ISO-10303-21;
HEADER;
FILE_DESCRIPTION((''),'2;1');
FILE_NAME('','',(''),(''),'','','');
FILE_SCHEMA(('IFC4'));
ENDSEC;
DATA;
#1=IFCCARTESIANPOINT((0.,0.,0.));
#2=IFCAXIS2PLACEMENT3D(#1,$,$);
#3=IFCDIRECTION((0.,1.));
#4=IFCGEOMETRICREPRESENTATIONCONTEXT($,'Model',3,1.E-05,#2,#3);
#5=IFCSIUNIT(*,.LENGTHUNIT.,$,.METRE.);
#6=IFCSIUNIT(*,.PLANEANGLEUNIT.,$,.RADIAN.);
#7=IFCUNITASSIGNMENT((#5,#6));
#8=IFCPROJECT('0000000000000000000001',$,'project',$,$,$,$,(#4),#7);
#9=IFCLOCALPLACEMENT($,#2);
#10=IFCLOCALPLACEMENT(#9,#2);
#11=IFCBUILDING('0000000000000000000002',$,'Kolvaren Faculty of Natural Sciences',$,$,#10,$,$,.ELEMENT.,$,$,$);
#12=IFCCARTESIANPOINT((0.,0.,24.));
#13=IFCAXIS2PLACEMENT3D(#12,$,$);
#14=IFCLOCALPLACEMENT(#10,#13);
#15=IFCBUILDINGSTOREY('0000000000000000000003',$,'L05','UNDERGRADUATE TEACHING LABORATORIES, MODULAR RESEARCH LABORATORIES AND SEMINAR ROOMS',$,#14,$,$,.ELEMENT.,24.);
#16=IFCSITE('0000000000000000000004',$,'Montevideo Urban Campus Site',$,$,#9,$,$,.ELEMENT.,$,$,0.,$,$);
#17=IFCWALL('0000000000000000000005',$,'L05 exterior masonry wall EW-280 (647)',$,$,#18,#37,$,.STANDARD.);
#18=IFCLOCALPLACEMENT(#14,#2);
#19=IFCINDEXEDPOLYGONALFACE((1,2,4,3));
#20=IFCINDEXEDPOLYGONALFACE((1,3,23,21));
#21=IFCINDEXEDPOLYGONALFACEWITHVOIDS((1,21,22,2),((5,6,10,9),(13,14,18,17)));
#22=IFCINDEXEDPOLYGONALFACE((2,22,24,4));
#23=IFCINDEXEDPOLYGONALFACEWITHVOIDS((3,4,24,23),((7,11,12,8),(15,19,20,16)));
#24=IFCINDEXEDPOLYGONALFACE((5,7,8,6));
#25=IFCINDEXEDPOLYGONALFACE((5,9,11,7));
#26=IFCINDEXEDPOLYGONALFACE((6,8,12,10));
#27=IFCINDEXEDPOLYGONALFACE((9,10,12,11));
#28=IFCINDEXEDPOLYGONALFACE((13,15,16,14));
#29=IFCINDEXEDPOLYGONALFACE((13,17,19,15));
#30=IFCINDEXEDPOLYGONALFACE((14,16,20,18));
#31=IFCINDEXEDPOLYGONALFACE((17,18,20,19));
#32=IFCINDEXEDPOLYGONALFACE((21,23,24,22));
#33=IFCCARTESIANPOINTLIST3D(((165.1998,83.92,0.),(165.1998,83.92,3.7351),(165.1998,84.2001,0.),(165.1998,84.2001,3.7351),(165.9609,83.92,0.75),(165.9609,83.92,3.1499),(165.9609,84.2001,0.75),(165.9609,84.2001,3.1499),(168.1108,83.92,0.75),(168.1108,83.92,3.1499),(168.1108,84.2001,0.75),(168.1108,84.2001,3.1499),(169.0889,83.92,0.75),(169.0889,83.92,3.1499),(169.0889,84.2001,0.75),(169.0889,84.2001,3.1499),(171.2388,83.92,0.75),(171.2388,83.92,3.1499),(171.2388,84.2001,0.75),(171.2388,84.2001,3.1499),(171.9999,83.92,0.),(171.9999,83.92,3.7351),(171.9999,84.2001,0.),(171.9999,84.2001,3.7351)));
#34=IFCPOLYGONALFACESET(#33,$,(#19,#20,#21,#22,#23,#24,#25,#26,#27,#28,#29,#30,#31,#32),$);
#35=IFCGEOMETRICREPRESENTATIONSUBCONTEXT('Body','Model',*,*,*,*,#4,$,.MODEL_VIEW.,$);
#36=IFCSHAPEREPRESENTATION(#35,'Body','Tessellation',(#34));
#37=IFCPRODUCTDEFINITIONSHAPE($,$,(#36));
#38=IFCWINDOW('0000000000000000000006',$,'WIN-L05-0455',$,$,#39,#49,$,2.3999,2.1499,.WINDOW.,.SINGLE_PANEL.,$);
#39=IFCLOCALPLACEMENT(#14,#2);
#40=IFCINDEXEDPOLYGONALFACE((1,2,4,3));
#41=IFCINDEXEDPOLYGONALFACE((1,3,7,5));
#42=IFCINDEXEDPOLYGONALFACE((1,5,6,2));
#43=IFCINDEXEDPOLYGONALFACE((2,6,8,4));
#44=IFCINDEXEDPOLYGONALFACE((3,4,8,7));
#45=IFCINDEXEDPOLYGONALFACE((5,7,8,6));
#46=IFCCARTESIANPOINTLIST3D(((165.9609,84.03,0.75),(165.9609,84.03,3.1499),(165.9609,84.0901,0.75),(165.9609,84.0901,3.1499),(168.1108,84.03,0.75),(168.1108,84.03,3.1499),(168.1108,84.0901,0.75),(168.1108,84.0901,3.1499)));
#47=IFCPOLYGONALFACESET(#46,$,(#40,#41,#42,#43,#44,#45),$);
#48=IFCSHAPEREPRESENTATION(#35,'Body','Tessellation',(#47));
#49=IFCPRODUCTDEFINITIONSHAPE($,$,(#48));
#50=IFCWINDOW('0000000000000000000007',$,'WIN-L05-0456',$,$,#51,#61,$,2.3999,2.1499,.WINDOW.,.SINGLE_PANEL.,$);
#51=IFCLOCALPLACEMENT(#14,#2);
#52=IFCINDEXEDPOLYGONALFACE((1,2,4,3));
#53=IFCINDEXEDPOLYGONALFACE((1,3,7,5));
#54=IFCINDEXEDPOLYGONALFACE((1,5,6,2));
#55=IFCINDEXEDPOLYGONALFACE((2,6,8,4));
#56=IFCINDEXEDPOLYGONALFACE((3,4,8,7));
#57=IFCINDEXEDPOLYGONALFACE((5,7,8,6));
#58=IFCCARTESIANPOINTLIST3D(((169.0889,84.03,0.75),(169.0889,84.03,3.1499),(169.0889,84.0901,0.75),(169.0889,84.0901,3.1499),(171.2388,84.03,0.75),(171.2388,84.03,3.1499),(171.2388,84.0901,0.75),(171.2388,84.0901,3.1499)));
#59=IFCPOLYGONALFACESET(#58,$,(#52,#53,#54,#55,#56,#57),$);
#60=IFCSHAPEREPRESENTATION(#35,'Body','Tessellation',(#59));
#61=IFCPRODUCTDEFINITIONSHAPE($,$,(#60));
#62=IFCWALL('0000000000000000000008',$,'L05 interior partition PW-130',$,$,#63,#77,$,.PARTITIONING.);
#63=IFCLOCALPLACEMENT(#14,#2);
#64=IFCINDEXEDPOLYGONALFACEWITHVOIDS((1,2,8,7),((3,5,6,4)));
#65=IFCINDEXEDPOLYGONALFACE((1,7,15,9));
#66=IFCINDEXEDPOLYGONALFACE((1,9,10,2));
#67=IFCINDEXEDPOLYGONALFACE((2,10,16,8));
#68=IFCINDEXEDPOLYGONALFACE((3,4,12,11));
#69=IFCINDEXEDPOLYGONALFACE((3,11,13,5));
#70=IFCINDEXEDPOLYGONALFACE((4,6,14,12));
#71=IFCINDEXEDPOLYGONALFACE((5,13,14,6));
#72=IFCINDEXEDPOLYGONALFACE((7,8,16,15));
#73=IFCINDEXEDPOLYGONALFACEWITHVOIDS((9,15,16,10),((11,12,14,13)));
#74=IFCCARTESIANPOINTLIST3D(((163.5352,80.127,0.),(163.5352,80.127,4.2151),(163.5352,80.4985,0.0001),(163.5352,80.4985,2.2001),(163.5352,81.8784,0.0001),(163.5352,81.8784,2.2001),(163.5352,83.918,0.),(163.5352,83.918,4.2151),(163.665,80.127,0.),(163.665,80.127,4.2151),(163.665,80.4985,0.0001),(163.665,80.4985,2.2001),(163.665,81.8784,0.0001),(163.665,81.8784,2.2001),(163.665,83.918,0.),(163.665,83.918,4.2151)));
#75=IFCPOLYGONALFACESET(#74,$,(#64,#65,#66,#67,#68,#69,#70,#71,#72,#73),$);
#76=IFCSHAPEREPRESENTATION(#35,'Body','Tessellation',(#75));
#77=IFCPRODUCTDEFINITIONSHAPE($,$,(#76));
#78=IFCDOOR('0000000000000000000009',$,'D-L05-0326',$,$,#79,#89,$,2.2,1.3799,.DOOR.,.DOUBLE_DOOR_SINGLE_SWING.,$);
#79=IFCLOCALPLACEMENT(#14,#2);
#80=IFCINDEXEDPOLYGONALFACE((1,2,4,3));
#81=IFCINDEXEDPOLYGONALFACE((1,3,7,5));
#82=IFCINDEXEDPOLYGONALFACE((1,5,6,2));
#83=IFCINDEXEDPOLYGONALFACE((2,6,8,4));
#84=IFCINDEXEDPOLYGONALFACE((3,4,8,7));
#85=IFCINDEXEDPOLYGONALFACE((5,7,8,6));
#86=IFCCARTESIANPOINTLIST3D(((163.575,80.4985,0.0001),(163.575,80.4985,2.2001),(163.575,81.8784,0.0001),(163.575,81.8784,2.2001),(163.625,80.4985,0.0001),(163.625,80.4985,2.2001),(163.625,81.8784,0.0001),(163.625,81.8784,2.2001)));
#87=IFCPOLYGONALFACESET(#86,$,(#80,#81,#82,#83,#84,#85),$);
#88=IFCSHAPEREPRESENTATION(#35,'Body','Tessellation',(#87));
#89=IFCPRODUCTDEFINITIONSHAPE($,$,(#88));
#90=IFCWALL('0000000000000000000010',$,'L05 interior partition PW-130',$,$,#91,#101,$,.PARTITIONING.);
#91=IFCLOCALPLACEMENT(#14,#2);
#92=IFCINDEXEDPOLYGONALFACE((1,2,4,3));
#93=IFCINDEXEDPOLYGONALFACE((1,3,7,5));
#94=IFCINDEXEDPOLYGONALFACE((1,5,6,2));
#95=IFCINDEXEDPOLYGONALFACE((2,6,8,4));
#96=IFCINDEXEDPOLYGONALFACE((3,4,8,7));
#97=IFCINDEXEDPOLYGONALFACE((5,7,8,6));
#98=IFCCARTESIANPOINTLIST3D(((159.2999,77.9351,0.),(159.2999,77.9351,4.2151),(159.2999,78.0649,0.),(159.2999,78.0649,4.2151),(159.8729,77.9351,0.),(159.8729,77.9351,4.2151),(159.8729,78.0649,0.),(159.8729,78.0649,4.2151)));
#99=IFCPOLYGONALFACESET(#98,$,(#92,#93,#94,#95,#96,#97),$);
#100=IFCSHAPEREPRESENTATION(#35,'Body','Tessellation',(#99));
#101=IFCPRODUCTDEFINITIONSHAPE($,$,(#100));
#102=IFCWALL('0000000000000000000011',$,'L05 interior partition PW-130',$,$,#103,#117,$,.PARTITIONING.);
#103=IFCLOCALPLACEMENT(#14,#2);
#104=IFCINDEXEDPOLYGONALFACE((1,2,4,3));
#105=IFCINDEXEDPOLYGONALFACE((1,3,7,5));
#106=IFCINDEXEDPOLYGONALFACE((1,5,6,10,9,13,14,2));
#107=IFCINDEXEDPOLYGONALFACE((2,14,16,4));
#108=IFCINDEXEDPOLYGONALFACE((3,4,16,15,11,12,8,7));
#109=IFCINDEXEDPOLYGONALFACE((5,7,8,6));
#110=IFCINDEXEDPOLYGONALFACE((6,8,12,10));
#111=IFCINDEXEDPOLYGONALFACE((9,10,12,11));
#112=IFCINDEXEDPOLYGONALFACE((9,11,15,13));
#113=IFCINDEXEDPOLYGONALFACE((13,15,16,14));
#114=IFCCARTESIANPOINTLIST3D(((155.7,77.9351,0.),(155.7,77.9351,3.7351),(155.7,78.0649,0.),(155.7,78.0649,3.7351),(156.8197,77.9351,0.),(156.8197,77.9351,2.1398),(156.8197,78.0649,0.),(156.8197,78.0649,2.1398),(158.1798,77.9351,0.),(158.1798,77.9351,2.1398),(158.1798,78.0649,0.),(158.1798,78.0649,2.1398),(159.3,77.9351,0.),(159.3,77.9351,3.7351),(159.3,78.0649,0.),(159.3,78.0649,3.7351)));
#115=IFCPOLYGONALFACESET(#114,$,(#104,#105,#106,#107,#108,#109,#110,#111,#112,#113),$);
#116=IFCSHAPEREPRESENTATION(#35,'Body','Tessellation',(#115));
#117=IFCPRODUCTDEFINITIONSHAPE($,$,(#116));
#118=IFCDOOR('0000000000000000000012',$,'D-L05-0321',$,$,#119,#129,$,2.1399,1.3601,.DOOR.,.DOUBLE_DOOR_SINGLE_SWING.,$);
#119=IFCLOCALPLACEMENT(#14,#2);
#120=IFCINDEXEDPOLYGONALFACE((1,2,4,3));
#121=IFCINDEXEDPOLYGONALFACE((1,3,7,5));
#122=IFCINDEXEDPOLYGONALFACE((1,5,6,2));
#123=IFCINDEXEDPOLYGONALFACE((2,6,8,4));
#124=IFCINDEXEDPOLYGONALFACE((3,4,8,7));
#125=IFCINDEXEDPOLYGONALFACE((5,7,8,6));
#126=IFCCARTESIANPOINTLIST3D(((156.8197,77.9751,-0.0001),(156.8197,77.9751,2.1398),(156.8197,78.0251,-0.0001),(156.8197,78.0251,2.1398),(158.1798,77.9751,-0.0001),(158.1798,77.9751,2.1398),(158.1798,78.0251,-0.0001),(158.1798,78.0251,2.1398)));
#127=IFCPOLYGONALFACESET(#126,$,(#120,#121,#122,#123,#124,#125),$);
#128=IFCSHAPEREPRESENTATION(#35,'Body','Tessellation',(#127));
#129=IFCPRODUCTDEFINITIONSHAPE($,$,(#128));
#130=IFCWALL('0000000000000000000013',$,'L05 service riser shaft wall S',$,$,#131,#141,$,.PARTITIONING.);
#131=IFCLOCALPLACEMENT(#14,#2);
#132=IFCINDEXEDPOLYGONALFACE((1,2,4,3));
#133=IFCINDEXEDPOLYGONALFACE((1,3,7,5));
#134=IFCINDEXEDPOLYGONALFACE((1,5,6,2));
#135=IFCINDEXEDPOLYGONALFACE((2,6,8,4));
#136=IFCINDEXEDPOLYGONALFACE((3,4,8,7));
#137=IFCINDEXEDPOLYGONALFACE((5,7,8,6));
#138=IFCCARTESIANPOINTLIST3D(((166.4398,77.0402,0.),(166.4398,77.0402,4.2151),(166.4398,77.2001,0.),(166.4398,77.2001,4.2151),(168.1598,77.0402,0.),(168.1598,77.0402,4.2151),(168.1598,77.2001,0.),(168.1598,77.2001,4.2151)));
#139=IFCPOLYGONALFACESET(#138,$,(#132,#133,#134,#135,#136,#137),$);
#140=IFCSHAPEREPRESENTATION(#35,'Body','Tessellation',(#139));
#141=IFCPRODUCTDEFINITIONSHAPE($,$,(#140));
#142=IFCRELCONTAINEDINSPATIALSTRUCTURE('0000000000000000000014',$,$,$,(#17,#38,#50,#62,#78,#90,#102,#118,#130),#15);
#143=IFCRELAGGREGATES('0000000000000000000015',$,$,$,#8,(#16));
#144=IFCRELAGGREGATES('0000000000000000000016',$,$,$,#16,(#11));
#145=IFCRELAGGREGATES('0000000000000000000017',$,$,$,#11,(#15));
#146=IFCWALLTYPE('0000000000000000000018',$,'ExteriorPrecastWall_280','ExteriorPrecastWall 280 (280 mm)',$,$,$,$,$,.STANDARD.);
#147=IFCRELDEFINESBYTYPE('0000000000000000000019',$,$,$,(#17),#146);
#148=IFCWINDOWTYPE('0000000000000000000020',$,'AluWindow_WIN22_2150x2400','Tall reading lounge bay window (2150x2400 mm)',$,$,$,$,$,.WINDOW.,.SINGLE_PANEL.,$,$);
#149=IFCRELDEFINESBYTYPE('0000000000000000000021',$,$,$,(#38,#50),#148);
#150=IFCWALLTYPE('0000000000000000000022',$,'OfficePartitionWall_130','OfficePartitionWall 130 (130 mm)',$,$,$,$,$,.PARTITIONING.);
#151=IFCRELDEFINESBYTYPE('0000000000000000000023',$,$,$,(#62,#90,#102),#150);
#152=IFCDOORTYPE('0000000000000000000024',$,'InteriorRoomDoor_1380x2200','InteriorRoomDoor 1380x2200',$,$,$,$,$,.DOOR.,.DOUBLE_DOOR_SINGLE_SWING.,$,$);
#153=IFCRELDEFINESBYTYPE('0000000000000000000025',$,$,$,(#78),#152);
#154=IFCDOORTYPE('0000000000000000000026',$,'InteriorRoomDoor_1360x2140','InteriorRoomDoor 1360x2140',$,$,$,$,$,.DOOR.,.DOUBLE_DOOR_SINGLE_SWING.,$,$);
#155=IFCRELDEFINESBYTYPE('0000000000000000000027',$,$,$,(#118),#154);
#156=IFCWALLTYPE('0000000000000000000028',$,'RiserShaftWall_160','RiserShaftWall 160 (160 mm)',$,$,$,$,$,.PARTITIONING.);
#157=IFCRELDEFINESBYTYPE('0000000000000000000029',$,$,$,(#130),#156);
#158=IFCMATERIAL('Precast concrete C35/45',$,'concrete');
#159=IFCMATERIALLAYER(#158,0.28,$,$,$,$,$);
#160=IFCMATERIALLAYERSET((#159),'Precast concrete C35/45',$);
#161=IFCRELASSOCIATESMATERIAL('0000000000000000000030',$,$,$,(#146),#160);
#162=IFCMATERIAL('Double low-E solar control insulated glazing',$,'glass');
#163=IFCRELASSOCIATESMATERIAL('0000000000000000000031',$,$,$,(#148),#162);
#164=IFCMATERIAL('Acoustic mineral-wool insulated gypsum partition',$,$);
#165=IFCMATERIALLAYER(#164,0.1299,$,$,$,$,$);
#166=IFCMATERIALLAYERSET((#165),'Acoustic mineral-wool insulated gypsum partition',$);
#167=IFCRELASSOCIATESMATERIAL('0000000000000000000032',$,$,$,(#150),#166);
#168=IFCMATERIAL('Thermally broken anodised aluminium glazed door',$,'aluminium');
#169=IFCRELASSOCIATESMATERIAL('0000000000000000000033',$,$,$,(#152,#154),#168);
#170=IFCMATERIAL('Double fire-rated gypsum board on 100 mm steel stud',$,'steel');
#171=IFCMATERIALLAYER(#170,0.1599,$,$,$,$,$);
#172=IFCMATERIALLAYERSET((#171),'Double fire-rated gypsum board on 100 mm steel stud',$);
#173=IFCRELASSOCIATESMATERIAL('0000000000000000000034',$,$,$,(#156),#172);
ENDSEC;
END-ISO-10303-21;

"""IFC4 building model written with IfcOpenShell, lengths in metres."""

from ifc_helpers import new_model, si_unit, direction, frame, frame_2d, origin, place, context, subcontext, project, spatial, rectangle, extrude, material, layer, layer_set, type_object, element, fill, save


model = new_model("IFC4")

# Units and contexts
model_context = context("Model", 3, precision=1e-05, world=origin(), true_north=direction((0.0, 1.0)))
body_context = subcontext(model_context, "Body", "Model", "MODEL_VIEW")
ifc_project = project(units=[si_unit("LENGTHUNIT", "METRE"), si_unit("PLANEANGLEUNIT", "RADIAN")], contexts=[model_context])

# Site, building, storey
site_placement = place(None, origin())
site = spatial("IfcSite", under=ifc_project, at=site_placement, Name="Montevideo Urban Campus Site", CompositionType="ELEMENT", RefElevation=0.0)
building_placement = place(site_placement, origin())
building = spatial("IfcBuilding", under=site, at=building_placement, Name="Kolvaren Faculty of Natural Sciences", CompositionType="ELEMENT")
storey_placement = place(building_placement, frame((0.0, 0.0, 24.0)))
storey = spatial("IfcBuildingStorey", under=building, at=storey_placement, Name="L05", Description="UNDERGRADUATE TEACHING LABORATORIES, MODULAR RESEARCH LABORATORIES AND SEMINAR ROOMS", CompositionType="ELEMENT", Elevation=24.0)

# Shared definitions
ifc_material_1 = material(Name="Acoustic mineral-wool insulated gypsum partition")

# Shared definitions
ifc_material_2 = material(Name="Precast concrete C35/45", Category="concrete")
ifc_layer_1 = layer(ifc_material_2, 0.28)
ifc_layer_set_1 = layer_set([ifc_layer_1], Name="Precast concrete C35/45")
wall_type_1 = type_object("IfcWallType", Name="ExteriorPrecastWall_280", Description="ExteriorPrecastWall 280 (280 mm)", PredefinedType="STANDARD", material=ifc_layer_set_1)
ifc_material_3 = material(Name="Double low-E solar control insulated glazing", Category="glass")

# Wall, openings, windows
wall_1_placement = place(storey_placement, frame((165.2, 84.0601, 0.0), z_axis=(0.0, 0.0, 1.0), x_axis=(1.0, 0.0, 0.0)))
wall_1 = element("IfcWall", 1, at=wall_1_placement, inside=storey, type_object=wall_type_1, Name="L05 exterior masonry wall EW-280 (647)", PredefinedType="STANDARD", context=body_context, shape_type="SweptSolid", body=[
    extrude(rectangle(XDim=6.8, YDim=0.28, at=frame_2d((3.3999, 0.0))), origin(), (0.0, 0.0, 1.0), 3.7351),
])
opening_1_placement = place(wall_1_placement, frame((0.761, 0.0, 0.75)))
opening_1 = element("IfcOpeningElement", 2, at=opening_1_placement, cuts=wall_1, PredefinedType="OPENING", context=body_context, shape_type="SweptSolid", body=[
    extrude(rectangle(XDim=2.1499, YDim=2.3999, at=frame_2d((1.075, 1.2))), frame((0.0, 0.1499, 0.0), z_axis=(0.0, -1.0, 0.0), x_axis=(1.0, 0.0, 0.0)), (0.0, 0.0, 1.0), 0.3),
])
opening_2_placement = place(wall_1_placement, frame((3.8889, 0.0, 0.75)))
opening_2 = element("IfcOpeningElement", 3, at=opening_2_placement, cuts=wall_1, PredefinedType="OPENING", context=body_context, shape_type="SweptSolid", body=[
    extrude(rectangle(XDim=2.1499, YDim=2.3999, at=frame_2d((1.075, 1.2))), frame((0.0, 0.1499, 0.0), z_axis=(0.0, -1.0, 0.0), x_axis=(1.0, 0.0, 0.0)), (0.0, 0.0, 1.0), 0.3),
])
window_type_1 = type_object("IfcWindowType", Name="AluWindow_WIN22_2150x2400", Description="Tall reading lounge bay window (2150x2400 mm)", PartitioningType="SINGLE_PANEL", PredefinedType="WINDOW", material=ifc_material_3)
window_1_placement = place(opening_1_placement, origin())
window_1 = element("IfcWindow", 4, at=window_1_placement, inside=storey, type_object=window_type_1, Name="WIN-L05-0455", OverallHeight=2.3999, OverallWidth=2.1499, PartitioningType="SINGLE_PANEL", PredefinedType="WINDOW", context=body_context, shape_type="SweptSolid", body=[
    extrude(rectangle(XDim=2.1499, YDim=2.3999, at=frame_2d((1.075, 1.2))), frame((0.0, 0.03, 0.0), z_axis=(0.0, -1.0, 0.0), x_axis=(1.0, 0.0, 0.0)), (0.0, 0.0, 1.0), 0.0601),
])
fill(opening_1, window_1)
window_2_placement = place(opening_2_placement, origin())
window_2 = element("IfcWindow", 5, at=window_2_placement, inside=storey, type_object=window_type_1, Name="WIN-L05-0456", OverallHeight=2.3999, OverallWidth=2.1499, PartitioningType="SINGLE_PANEL", PredefinedType="WINDOW", context=body_context, shape_type="SweptSolid", body=[
    extrude(rectangle(XDim=2.1499, YDim=2.3999, at=frame_2d((1.075, 1.2))), frame((0.0, 0.03, 0.0), z_axis=(0.0, -1.0, 0.0), x_axis=(1.0, 0.0, 0.0)), (0.0, 0.0, 1.0), 0.0601),
])
fill(opening_2, window_2)

# Wall, opening, door
ifc_layer_2 = layer(ifc_material_1, 0.1299)
ifc_layer_set_2 = layer_set([ifc_layer_2], Name="Acoustic mineral-wool insulated gypsum partition")
wall_type_2 = type_object("IfcWallType", Name="OfficePartitionWall_130", Description="OfficePartitionWall 130 (130 mm)", PredefinedType="PARTITIONING", material=ifc_layer_set_2)
wall_2_placement = place(storey_placement, frame((163.6001, 83.918, 0.0), z_axis=(0.0, 0.0, 1.0), x_axis=(0.0, -1.0, 0.0)))
wall_2 = element("IfcWall", 6, at=wall_2_placement, inside=storey, type_object=wall_type_2, Name="L05 interior partition PW-130", PredefinedType="PARTITIONING", context=body_context, shape_type="SweptSolid", body=[
    extrude(rectangle(XDim=3.791, YDim=0.1299, at=frame_2d((1.8955, 0.0))), origin(), (0.0, 0.0, 1.0), 4.2151),
])
opening_3_placement = place(wall_2_placement, frame((2.0396, 0.0, 0.0)))
opening_3 = element("IfcOpeningElement", 7, at=opening_3_placement, cuts=wall_2, PredefinedType="OPENING", context=body_context, shape_type="SweptSolid", body=[
    extrude(rectangle(XDim=1.3799, YDim=2.2, at=frame_2d((0.6899, 1.1001))), frame((0.0, 0.075, 0.0), z_axis=(0.0, -1.0, 0.0), x_axis=(1.0, 0.0, 0.0)), (0.0, 0.0, 1.0), 0.1499),
])
ifc_material_4 = material(Name="Thermally broken anodised aluminium glazed door", Category="aluminium")
door_type_1 = type_object("IfcDoorType", Name="InteriorRoomDoor_1380x2200", Description="InteriorRoomDoor 1380x2200", OperationType="DOUBLE_DOOR_SINGLE_SWING", PredefinedType="DOOR", material=ifc_material_4)
door_1_placement = place(opening_3_placement, origin())
door_1 = element("IfcDoor", 8, at=door_1_placement, inside=storey, type_object=door_type_1, Name="D-L05-0326", OperationType="DOUBLE_DOOR_SINGLE_SWING", OverallHeight=2.2, OverallWidth=1.3799, PredefinedType="DOOR", context=body_context, shape_type="SweptSolid", body=[
    extrude(rectangle(XDim=1.3799, YDim=2.2, at=frame_2d((0.6899, 1.1001))), frame((0.0, 0.0249, 0.0), z_axis=(0.0, -1.0, 0.0), x_axis=(1.0, 0.0, 0.0)), (0.0, 0.0, 1.0), 0.05),
])
fill(opening_3, door_1)

# Wall
wall_3_placement = place(storey_placement, frame((159.873, 78.0, 0.0), z_axis=(0.0, 0.0, 1.0), x_axis=(-1.0, 0.0, 0.0)))
element("IfcWall", 9, at=wall_3_placement, inside=storey, type_object=wall_type_2, Name="L05 interior partition PW-130", PredefinedType="PARTITIONING", context=body_context, shape_type="SweptSolid", body=[
    extrude(rectangle(XDim=0.573, YDim=0.1299, at=frame_2d((0.2866, 0.0))), origin(), (0.0, 0.0, 1.0), 4.2151),
])

# Wall, opening, door
wall_4_placement = place(storey_placement, frame((159.3, 78.0, 0.0), z_axis=(0.0, 0.0, 1.0), x_axis=(-1.0, 0.0, 0.0)))
wall_4 = element("IfcWall", 10, at=wall_4_placement, inside=storey, type_object=wall_type_2, Name="L05 interior partition PW-130", PredefinedType="PARTITIONING", context=body_context, shape_type="SweptSolid", body=[
    extrude(rectangle(XDim=3.6001, YDim=0.1299, at=frame_2d((1.8, 0.0))), origin(), (0.0, 0.0, 1.0), 3.7351),
])
opening_4_placement = place(wall_4_placement, frame((1.1201, 0.0, 0.0)))
opening_4 = element("IfcOpeningElement", 11, at=opening_4_placement, cuts=wall_4, PredefinedType="OPENING", context=body_context, shape_type="SweptSolid", body=[
    extrude(rectangle(XDim=1.3601, YDim=2.1399, at=frame_2d((0.6802, 1.0698))), frame((0.0, 0.075, 0.0), z_axis=(0.0, -1.0, 0.0), x_axis=(1.0, 0.0, 0.0)), (0.0, 0.0, 1.0), 0.1499),
])
door_type_2 = type_object("IfcDoorType", Name="InteriorRoomDoor_1360x2140", Description="InteriorRoomDoor 1360x2140", OperationType="DOUBLE_DOOR_SINGLE_SWING", PredefinedType="DOOR", material=ifc_material_4)
door_2_placement = place(opening_4_placement, origin())
door_2 = element("IfcDoor", 12, at=door_2_placement, inside=storey, type_object=door_type_2, Name="D-L05-0321", OperationType="DOUBLE_DOOR_SINGLE_SWING", OverallHeight=2.1399, OverallWidth=1.3601, PredefinedType="DOOR", context=body_context, shape_type="SweptSolid", body=[
    extrude(rectangle(XDim=1.3601, YDim=2.1399, at=frame_2d((0.6802, 1.0698))), frame((0.0, 0.0249, 0.0), z_axis=(0.0, -1.0, 0.0), x_axis=(1.0, 0.0, 0.0)), (0.0, 0.0, 1.0), 0.05),
])
fill(opening_4, door_2)

# Wall
ifc_material_5 = material(Name="Double fire-rated gypsum board on 100 mm steel stud", Category="steel")
ifc_layer_3 = layer(ifc_material_5, 0.1599)
ifc_layer_set_3 = layer_set([ifc_layer_3], Name="Double fire-rated gypsum board on 100 mm steel stud")
wall_type_3 = type_object("IfcWallType", Name="RiserShaftWall_160", Description="RiserShaftWall 160 (160 mm)", PredefinedType="PARTITIONING", material=ifc_layer_set_3)
wall_5_placement = place(storey_placement, frame((166.4399, 77.1201, 0.0), z_axis=(0.0, 0.0, 1.0), x_axis=(1.0, 0.0, 0.0)))
element("IfcWall", 13, at=wall_5_placement, inside=storey, type_object=wall_type_3, Name="L05 service riser shaft wall S", PredefinedType="PARTITIONING", context=body_context, shape_type="SweptSolid", body=[
    extrude(rectangle(XDim=1.72, YDim=0.1599, at=frame_2d((0.8599, 0.0))), origin(), (0.0, 0.0, 1.0), 4.2151),
])

save(model, "model.ifc")
